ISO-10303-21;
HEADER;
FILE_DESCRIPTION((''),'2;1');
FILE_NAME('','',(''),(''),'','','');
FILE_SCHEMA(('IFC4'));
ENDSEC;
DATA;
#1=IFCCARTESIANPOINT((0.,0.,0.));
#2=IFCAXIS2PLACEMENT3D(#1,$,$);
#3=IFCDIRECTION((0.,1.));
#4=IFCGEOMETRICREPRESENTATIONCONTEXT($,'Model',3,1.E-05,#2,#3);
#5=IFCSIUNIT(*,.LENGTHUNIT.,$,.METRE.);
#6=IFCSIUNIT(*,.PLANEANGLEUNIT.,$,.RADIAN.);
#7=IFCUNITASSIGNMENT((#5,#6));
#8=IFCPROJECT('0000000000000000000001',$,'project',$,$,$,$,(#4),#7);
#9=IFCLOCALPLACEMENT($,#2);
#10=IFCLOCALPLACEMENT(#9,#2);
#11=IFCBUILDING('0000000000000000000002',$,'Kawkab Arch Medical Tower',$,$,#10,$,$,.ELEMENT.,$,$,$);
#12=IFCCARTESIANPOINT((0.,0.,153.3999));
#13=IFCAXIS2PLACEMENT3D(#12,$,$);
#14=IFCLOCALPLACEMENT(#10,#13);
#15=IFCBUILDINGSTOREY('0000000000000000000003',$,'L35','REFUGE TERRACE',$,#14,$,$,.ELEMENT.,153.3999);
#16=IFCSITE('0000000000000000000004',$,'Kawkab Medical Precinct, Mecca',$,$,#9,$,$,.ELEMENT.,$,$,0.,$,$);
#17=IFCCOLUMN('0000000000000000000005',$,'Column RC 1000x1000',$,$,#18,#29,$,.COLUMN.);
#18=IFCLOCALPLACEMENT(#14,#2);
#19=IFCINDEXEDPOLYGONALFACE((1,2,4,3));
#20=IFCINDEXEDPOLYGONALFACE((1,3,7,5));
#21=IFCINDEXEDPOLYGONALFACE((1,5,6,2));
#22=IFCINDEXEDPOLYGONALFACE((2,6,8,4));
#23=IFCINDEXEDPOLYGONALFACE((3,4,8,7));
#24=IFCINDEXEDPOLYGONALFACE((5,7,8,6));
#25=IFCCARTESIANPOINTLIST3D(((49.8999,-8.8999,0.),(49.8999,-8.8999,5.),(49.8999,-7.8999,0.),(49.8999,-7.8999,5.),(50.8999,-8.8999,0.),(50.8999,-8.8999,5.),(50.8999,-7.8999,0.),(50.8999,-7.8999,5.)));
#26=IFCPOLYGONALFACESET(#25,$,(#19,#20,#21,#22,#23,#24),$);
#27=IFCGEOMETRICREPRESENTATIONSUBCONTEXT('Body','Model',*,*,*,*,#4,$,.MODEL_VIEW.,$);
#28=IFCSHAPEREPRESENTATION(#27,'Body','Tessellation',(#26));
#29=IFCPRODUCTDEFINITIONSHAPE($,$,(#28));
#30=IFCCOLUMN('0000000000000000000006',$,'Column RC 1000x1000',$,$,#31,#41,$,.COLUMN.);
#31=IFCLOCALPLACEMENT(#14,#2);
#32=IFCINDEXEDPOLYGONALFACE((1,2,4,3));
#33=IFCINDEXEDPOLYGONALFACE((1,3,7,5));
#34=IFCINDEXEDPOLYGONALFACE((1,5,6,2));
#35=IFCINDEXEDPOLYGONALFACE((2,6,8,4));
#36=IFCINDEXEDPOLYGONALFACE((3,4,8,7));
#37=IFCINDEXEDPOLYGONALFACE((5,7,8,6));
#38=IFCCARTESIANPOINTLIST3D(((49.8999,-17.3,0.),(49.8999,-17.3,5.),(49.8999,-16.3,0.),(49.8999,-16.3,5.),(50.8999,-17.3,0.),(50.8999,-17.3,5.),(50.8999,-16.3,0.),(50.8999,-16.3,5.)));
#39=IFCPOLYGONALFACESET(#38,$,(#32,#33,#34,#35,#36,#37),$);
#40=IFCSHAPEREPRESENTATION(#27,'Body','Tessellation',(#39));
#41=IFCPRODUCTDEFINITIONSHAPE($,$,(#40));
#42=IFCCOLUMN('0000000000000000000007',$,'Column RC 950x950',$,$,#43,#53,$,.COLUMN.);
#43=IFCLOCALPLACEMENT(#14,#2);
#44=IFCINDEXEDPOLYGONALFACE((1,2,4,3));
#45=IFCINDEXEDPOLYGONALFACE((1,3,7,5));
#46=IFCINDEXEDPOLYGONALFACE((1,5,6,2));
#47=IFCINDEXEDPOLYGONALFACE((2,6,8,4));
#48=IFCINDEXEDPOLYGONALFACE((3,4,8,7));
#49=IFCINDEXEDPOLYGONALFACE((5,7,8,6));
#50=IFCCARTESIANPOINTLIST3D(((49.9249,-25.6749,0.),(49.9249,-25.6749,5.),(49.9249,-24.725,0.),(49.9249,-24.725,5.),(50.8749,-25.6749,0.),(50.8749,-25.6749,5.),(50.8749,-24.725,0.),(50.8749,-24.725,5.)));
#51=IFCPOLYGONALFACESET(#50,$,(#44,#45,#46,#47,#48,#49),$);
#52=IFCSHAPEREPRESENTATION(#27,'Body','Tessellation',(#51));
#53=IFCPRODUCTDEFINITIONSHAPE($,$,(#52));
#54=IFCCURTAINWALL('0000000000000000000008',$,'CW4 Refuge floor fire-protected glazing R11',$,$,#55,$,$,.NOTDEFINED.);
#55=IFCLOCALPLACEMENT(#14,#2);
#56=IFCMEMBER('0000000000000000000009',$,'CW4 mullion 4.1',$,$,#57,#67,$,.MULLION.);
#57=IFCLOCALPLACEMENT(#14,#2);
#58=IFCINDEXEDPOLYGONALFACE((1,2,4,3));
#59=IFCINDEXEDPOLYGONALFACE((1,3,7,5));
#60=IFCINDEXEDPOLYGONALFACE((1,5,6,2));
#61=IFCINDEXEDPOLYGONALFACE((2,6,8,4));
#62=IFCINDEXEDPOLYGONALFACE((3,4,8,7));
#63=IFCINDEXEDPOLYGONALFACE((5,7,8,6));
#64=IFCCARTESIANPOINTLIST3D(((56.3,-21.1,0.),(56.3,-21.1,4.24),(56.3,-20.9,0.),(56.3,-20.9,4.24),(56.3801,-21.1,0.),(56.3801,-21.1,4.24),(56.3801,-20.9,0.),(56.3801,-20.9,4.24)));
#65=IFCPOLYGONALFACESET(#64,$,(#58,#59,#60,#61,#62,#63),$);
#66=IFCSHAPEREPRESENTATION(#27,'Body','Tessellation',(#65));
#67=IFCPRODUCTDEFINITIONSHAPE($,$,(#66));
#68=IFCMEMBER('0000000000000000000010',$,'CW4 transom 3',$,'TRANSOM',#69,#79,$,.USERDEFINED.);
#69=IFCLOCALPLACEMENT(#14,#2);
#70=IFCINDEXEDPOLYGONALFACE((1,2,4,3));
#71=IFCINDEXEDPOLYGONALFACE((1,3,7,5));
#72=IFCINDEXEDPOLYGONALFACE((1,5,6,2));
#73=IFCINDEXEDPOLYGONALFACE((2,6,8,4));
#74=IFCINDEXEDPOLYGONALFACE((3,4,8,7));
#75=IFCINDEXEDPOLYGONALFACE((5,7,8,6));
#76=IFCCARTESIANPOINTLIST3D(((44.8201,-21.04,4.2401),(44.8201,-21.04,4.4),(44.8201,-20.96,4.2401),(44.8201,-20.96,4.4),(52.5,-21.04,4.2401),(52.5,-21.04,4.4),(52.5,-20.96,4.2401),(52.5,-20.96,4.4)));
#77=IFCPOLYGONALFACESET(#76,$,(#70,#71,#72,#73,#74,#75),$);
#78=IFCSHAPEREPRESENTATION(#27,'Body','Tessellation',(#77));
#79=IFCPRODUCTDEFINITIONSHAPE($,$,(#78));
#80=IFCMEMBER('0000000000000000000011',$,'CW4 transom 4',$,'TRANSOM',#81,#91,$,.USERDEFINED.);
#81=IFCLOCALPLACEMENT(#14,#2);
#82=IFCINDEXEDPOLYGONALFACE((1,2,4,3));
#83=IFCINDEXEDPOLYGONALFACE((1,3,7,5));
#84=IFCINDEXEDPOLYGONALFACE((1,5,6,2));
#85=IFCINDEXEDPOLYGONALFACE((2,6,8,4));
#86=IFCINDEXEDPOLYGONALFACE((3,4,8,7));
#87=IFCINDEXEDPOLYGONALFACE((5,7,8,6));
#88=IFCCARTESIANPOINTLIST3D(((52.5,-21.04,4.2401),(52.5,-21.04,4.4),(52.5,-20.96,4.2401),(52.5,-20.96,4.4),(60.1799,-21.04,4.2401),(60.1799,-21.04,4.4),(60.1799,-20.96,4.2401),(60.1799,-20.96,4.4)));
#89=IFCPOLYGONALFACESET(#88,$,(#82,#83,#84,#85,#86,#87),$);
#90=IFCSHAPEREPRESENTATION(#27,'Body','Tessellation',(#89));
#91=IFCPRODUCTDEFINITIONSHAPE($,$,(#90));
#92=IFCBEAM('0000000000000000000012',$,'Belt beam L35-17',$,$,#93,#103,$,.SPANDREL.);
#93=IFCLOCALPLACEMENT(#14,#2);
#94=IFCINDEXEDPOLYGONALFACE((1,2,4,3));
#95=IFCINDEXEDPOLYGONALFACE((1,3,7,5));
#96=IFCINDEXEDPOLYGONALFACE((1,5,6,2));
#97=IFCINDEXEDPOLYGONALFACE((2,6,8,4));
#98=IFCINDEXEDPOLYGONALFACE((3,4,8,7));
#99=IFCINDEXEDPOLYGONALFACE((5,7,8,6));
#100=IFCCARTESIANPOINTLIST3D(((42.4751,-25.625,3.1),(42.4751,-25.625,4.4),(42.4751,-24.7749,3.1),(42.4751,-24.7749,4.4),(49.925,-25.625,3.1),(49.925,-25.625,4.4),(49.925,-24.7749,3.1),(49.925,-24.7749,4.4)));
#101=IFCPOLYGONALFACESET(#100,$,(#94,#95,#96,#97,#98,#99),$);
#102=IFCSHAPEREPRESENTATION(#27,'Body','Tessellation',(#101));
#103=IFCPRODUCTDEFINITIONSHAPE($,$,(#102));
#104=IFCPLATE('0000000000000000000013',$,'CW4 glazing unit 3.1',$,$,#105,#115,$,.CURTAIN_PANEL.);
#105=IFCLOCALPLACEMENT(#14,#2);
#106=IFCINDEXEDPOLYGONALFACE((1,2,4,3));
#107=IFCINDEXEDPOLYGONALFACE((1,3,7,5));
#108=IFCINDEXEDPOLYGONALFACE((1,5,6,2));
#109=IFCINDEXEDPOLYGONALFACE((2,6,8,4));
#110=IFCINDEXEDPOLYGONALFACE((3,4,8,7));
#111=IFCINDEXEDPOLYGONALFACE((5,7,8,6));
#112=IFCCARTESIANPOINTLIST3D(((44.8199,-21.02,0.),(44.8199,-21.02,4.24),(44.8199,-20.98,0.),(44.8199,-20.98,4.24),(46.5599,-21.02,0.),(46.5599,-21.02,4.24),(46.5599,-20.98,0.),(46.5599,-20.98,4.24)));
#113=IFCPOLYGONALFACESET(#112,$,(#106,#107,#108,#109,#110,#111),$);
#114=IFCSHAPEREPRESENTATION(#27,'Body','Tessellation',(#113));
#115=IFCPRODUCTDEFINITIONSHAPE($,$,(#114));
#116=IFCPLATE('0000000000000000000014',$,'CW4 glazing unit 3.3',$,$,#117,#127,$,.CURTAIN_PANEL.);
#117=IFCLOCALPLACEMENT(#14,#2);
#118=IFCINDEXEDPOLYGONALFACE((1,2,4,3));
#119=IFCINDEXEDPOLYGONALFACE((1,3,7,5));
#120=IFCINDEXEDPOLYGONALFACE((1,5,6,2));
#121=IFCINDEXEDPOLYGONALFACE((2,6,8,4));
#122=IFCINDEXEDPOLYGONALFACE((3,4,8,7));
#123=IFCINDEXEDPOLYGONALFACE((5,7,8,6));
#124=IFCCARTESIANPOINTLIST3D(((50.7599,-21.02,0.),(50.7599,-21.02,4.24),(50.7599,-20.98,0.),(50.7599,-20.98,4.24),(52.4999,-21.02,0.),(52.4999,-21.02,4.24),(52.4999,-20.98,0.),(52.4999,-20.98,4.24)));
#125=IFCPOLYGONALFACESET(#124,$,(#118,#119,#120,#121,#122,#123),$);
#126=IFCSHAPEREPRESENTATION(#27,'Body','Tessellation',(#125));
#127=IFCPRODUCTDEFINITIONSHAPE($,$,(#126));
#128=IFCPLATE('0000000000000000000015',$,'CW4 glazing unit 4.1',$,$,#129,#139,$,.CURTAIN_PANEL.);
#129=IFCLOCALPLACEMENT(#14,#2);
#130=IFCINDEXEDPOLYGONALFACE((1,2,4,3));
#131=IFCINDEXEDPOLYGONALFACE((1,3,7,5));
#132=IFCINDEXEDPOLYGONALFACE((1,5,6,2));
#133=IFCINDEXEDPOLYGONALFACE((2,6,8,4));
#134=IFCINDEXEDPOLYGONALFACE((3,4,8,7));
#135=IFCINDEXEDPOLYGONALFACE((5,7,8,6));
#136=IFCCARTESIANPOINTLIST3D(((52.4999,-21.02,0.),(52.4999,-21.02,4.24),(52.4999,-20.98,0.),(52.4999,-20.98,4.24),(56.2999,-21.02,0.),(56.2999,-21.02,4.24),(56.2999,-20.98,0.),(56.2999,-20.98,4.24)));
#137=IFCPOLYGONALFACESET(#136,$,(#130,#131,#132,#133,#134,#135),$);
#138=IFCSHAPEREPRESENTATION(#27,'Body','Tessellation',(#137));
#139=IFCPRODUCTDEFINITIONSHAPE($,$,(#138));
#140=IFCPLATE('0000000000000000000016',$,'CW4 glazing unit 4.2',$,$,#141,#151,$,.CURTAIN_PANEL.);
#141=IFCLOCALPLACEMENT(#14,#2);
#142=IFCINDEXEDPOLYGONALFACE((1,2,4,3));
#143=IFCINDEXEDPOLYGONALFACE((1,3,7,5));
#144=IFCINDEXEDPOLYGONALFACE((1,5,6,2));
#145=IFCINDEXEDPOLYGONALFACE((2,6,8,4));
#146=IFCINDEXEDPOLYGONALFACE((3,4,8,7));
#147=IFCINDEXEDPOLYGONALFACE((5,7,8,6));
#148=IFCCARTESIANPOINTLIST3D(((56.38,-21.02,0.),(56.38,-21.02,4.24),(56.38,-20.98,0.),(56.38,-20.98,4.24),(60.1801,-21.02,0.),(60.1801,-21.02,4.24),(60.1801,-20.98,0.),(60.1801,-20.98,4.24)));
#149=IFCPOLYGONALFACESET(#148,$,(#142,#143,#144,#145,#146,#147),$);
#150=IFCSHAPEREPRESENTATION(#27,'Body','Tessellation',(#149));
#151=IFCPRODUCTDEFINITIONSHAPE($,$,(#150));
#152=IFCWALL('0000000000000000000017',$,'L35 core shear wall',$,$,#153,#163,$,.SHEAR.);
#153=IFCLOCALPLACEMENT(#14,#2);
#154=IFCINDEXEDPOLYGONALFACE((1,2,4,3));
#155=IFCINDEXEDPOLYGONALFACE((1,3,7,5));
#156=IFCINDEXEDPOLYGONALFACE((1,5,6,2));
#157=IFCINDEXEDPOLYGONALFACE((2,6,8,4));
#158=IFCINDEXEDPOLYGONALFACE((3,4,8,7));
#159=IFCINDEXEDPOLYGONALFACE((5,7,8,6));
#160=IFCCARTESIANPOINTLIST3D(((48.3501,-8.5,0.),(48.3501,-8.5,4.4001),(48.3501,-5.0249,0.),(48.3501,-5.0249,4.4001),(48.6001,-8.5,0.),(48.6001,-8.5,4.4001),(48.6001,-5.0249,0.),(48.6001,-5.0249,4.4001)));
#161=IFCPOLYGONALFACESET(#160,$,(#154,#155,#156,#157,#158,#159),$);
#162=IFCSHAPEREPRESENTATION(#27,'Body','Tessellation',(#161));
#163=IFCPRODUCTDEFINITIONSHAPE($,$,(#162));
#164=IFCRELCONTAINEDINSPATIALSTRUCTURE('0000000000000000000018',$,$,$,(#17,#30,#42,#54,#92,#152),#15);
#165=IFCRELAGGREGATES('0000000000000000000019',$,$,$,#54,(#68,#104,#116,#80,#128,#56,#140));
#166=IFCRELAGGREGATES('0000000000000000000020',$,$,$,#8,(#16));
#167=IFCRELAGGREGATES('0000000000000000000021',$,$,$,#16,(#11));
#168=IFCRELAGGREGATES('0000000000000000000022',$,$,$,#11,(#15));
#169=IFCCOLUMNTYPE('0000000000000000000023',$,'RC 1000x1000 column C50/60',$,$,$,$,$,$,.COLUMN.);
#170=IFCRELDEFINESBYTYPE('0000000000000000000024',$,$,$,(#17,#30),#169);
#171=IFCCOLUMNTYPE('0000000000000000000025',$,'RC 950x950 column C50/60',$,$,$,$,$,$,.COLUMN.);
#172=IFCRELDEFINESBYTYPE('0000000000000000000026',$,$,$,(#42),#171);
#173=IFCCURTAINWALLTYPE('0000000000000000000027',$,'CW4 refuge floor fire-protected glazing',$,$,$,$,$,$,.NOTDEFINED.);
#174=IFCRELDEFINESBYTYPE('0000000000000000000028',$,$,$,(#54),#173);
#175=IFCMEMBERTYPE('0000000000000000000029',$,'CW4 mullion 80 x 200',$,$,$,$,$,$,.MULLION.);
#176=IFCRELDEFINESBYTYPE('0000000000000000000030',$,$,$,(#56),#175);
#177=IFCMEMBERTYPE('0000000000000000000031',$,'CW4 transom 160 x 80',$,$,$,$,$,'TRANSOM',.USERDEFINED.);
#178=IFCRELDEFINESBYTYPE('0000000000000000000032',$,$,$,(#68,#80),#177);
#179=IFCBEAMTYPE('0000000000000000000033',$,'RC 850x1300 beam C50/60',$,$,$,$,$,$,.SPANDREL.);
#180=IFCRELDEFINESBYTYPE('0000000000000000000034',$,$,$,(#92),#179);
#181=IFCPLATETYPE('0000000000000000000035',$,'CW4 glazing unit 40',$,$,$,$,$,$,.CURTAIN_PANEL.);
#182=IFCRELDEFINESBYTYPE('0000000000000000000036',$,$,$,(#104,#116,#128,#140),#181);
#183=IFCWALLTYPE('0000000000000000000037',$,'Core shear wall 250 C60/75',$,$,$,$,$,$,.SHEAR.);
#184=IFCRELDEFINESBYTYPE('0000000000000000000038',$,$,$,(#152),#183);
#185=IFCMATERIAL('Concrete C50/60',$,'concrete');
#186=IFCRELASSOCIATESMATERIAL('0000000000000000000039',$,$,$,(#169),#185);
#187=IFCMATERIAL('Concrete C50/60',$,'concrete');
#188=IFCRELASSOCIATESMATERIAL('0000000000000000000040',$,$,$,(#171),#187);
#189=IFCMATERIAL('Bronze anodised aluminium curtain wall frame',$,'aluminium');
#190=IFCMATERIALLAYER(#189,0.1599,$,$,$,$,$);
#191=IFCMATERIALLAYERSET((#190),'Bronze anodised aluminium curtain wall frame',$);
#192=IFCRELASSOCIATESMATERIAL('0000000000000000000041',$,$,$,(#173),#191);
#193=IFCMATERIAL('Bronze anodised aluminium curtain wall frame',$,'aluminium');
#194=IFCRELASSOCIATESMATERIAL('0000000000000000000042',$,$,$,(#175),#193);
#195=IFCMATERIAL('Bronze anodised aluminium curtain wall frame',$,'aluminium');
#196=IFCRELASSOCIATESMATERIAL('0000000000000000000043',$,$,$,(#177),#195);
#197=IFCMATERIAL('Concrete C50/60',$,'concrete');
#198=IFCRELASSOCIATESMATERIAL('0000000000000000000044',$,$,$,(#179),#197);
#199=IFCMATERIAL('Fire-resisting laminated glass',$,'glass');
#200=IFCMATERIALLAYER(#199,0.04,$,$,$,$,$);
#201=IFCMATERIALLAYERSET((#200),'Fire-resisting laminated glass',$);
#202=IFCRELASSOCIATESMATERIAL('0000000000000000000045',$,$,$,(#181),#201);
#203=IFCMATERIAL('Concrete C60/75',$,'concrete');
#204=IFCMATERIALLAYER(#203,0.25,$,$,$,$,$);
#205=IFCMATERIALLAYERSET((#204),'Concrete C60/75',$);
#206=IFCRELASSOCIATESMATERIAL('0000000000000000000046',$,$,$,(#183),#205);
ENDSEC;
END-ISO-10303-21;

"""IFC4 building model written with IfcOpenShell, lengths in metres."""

from ifc_helpers import new_model, si_unit, direction, frame, frame_2d, origin, origin_2d, place, context, subcontext, project, spatial, rectangle, extrude, material, layer, layer_set, material_profile, profile_set, type_object, element, aggregate, save


model = new_model("IFC4")

# Units and contexts
model_context = context("Model", 3, precision=1e-05, world=origin(), true_north=direction((0.0, 1.0)))
body_context = subcontext(model_context, "Body", "Model", "MODEL_VIEW")
ifc_project = project(units=[si_unit("LENGTHUNIT", "METRE"), si_unit("PLANEANGLEUNIT", "RADIAN")], contexts=[model_context])

# Site, building, storey
site_placement = place(None, origin())
site = spatial("IfcSite", under=ifc_project, at=site_placement, Name="Kawkab Medical Precinct, Mecca", CompositionType="ELEMENT", RefElevation=0.0)
building_placement = place(site_placement, origin())
building = spatial("IfcBuilding", under=site, at=building_placement, Name="Kawkab Arch Medical Tower", CompositionType="ELEMENT")
storey_placement = place(building_placement, frame((0.0, 0.0, 153.3999)))
storey = spatial("IfcBuildingStorey", under=building, at=storey_placement, Name="L35", Description="REFUGE TERRACE", CompositionType="ELEMENT", Elevation=153.3999)

# Columns
ifc_material_1 = material(Name="Concrete C50/60", Category="concrete")
ifc_material_profile_1 = material_profile(ifc_material_1, rectangle(XDim=1.0, YDim=1.0, at=origin_2d()), Name="RC 1000x1000")
ifc_profile_set_1 = profile_set([ifc_material_profile_1], Name="Concrete C50/60")
column_type_1 = type_object("IfcColumnType", Name="RC 1000x1000 column C50/60", PredefinedType="COLUMN", material=ifc_profile_set_1)
for number, where, z_axis, x_axis, name in (
    (1, (50.3999, -8.3999, 0.0), (0.0, 0.0, 1.0), (1.0, 0.0, 0.0), "Column RC 1000x1000"),
    (2, (50.3999, -16.8, 0.0), (0.0, 0.0, 1.0), (1.0, 0.0, 0.0), "Column RC 1000x1000"),
):
    element("IfcColumn", number, at=place(storey_placement, frame(where, z_axis=z_axis, x_axis=x_axis)), inside=storey, type_object=column_type_1, Name=name, PredefinedType="COLUMN", context=body_context, shape_type="SweptSolid", body=[
        extrude(rectangle(XDim=1.0, YDim=1.0, at=origin_2d()), origin(), (0.0, 0.0, 1.0), 5.0),
    ])
ifc_material_2 = material(Name="Concrete C50/60", Category="concrete")
ifc_material_profile_2 = material_profile(ifc_material_2, rectangle(XDim=0.95, YDim=0.95, at=origin_2d()), Name="RC 950x950")
ifc_profile_set_2 = profile_set([ifc_material_profile_2], Name="Concrete C50/60")
column_type_2 = type_object("IfcColumnType", Name="RC 950x950 column C50/60", PredefinedType="COLUMN", material=ifc_profile_set_2)
column_placement = place(storey_placement, frame((50.3999, -25.2, 0.0), z_axis=(0.0, 0.0, 1.0), x_axis=(1.0, 0.0, 0.0)))
element("IfcColumn", 3, at=column_placement, inside=storey, type_object=column_type_2, Name="Column RC 950x950", PredefinedType="COLUMN", context=body_context, shape_type="SweptSolid", body=[
    extrude(rectangle(XDim=0.95, YDim=0.95, at=origin_2d()), origin(), (0.0, 0.0, 1.0), 5.0),
])

# Curtain wall, members
ifc_material_3 = material(Name="Bronze anodised aluminium curtain wall frame", Category="aluminium")
ifc_layer_1 = layer(ifc_material_3, 0.1599)
ifc_layer_set_1 = layer_set([ifc_layer_1], Name="Bronze anodised aluminium curtain wall frame")
curtain_wall_type = type_object("IfcCurtainWallType", Name="CW4 refuge floor fire-protected glazing", PredefinedType="NOTDEFINED", material=ifc_layer_set_1)
curtain_wall_placement = place(storey_placement, origin())
curtain_wall = element("IfcCurtainWall", 4, at=curtain_wall_placement, inside=storey, type_object=curtain_wall_type, Name="CW4 Refuge floor fire-protected glazing R11", PredefinedType="NOTDEFINED")
ifc_material_4 = material(Name="Bronze anodised aluminium curtain wall frame", Category="aluminium")
ifc_material_profile_3 = material_profile(ifc_material_4, rectangle(XDim=0.2, YDim=0.0801, at=origin_2d()), Name="AL 80x200")
ifc_profile_set_3 = profile_set([ifc_material_profile_3], Name="Bronze anodised aluminium curtain wall frame")
member_type_1 = type_object("IfcMemberType", Name="CW4 mullion 80 x 200", PredefinedType="MULLION", material=ifc_profile_set_3)
member_1_placement = place(storey_placement, frame((56.3401, -21.0, 0.0), z_axis=(0.0, 0.0, 1.0), x_axis=(0.0, 1.0, 0.0)))
member_1 = element("IfcMember", 5, at=member_1_placement, type_object=member_type_1, Name="CW4 mullion 4.1", PredefinedType="MULLION", context=body_context, shape_type="SweptSolid", body=[
    extrude(rectangle(XDim=0.2, YDim=0.0801, at=origin_2d()), origin(), (0.0, 0.0, 1.0), 4.24),
])
ifc_material_5 = material(Name="Bronze anodised aluminium curtain wall frame", Category="aluminium")
ifc_material_profile_4 = material_profile(ifc_material_5, rectangle(XDim=0.0801, YDim=0.1599, at=origin_2d()), Name="AL 80x160")
ifc_profile_set_4 = profile_set([ifc_material_profile_4], Name="Bronze anodised aluminium curtain wall frame")
member_type_2 = type_object("IfcMemberType", Name="CW4 transom 160 x 80", ElementType="TRANSOM", PredefinedType="USERDEFINED", material=ifc_profile_set_4)
member_2_placement = place(storey_placement, frame((44.8201, -21.0, 4.3201), z_axis=(1.0, 0.0, 0.0), x_axis=(0.0, 1.0, 0.0)))
member_2 = element("IfcMember", 6, at=member_2_placement, type_object=member_type_2, Name="CW4 transom 3", ObjectType="TRANSOM", PredefinedType="USERDEFINED", context=body_context, shape_type="SweptSolid", body=[
    extrude(rectangle(XDim=0.0801, YDim=0.1599, at=origin_2d()), origin(), (0.0, 0.0, 1.0), 7.6799),
])
member_3_placement = place(storey_placement, frame((52.5, -21.0, 4.3201), z_axis=(1.0, 0.0, 0.0), x_axis=(0.0, 1.0, 0.0)))
member_3 = element("IfcMember", 7, at=member_3_placement, type_object=member_type_2, Name="CW4 transom 4", ObjectType="TRANSOM", PredefinedType="USERDEFINED", context=body_context, shape_type="SweptSolid", body=[
    extrude(rectangle(XDim=0.0801, YDim=0.1599, at=origin_2d()), origin(), (0.0, 0.0, 1.0), 7.6799),
])

# Beam
ifc_material_6 = material(Name="Concrete C50/60", Category="concrete")
ifc_material_profile_5 = material_profile(ifc_material_6, rectangle(XDim=0.8501, YDim=1.3, at=origin_2d()), Name="RC 850x1300")
ifc_profile_set_5 = profile_set([ifc_material_profile_5], Name="Concrete C50/60")
beam_type = type_object("IfcBeamType", Name="RC 850x1300 beam C50/60", PredefinedType="SPANDREL", material=ifc_profile_set_5)
beam_placement = place(storey_placement, frame((49.925, -25.2, 3.75), z_axis=(-1.0, 0.0, 0.0), x_axis=(0.0, -1.0, 0.0)))
element("IfcBeam", 8, at=beam_placement, inside=storey, type_object=beam_type, Name="Belt beam L35-17", PredefinedType="SPANDREL", context=body_context, shape_type="SweptSolid", body=[
    extrude(rectangle(XDim=0.8501, YDim=1.3, at=origin_2d()), origin(), (0.0, 0.0, 1.0), 7.45),
])

# Plates
ifc_material_7 = material(Name="Fire-resisting laminated glass", Category="glass")
ifc_layer_2 = layer(ifc_material_7, 0.04)
ifc_layer_set_2 = layer_set([ifc_layer_2], Name="Fire-resisting laminated glass")
plate_type = type_object("IfcPlateType", Name="CW4 glazing unit 40", PredefinedType="CURTAIN_PANEL", material=ifc_layer_set_2)
plate_1_placement = place(storey_placement, frame((45.6899, -21.0, 0.0), z_axis=(0.0, 0.0, 1.0), x_axis=(1.0, 0.0, 0.0)))
plate_1 = element("IfcPlate", 9, at=plate_1_placement, type_object=plate_type, Name="CW4 glazing unit 3.1", PredefinedType="CURTAIN_PANEL", context=body_context, shape_type="SweptSolid", body=[
    extrude(rectangle(XDim=1.74, YDim=0.04, at=origin_2d()), origin(), (0.0, 0.0, 1.0), 4.24),
])
plate_2_placement = place(storey_placement, frame((51.6299, -21.0, 0.0), z_axis=(0.0, 0.0, 1.0), x_axis=(1.0, 0.0, 0.0)))
plate_2 = element("IfcPlate", 10, at=plate_2_placement, type_object=plate_type, Name="CW4 glazing unit 3.3", PredefinedType="CURTAIN_PANEL", context=body_context, shape_type="SweptSolid", body=[
    extrude(rectangle(XDim=1.74, YDim=0.04, at=origin_2d()), origin(), (0.0, 0.0, 1.0), 4.24),
])
plate_3_placement = place(storey_placement, frame((54.3999, -21.0, 0.0), z_axis=(0.0, 0.0, 1.0), x_axis=(1.0, 0.0, 0.0)))
plate_3 = element("IfcPlate", 11, at=plate_3_placement, type_object=plate_type, Name="CW4 glazing unit 4.1", PredefinedType="CURTAIN_PANEL", context=body_context, shape_type="SweptSolid", body=[
    extrude(rectangle(XDim=3.8, YDim=0.04, at=origin_2d()), origin(), (0.0, 0.0, 1.0), 4.24),
])
plate_4_placement = place(storey_placement, frame((58.28, -21.0, 0.0), z_axis=(0.0, 0.0, 1.0), x_axis=(1.0, 0.0, 0.0)))
plate_4 = element("IfcPlate", 12, at=plate_4_placement, type_object=plate_type, Name="CW4 glazing unit 4.2", PredefinedType="CURTAIN_PANEL", context=body_context, shape_type="SweptSolid", body=[
    extrude(rectangle(XDim=3.8, YDim=0.04, at=origin_2d()), origin(), (0.0, 0.0, 1.0), 4.24),
])
aggregate(curtain_wall, [member_2, plate_1, plate_2, member_3, plate_3, member_1, plate_4])

# Wall
ifc_material_8 = material(Name="Concrete C60/75", Category="concrete")
ifc_layer_3 = layer(ifc_material_8, 0.25)
ifc_layer_set_3 = layer_set([ifc_layer_3], Name="Concrete C60/75")
wall_type_1 = type_object("IfcWallType", Name="Core shear wall 250 C60/75", PredefinedType="SHEAR", material=ifc_layer_set_3)
wall_1_placement = place(storey_placement, frame((48.4751, -8.5, 0.0), z_axis=(0.0, 0.0, 1.0), x_axis=(0.0, 1.0, 0.0)))
element("IfcWall", 13, at=wall_1_placement, inside=storey, type_object=wall_type_1, Name="L35 core shear wall", PredefinedType="SHEAR", context=body_context, shape_type="SweptSolid", body=[
    extrude(rectangle(XDim=3.4751, YDim=0.25, at=frame_2d((1.7375, 0.0))), origin(), (0.0, 0.0, 1.0), 4.4001),
])

save(model, "model.ifc")
